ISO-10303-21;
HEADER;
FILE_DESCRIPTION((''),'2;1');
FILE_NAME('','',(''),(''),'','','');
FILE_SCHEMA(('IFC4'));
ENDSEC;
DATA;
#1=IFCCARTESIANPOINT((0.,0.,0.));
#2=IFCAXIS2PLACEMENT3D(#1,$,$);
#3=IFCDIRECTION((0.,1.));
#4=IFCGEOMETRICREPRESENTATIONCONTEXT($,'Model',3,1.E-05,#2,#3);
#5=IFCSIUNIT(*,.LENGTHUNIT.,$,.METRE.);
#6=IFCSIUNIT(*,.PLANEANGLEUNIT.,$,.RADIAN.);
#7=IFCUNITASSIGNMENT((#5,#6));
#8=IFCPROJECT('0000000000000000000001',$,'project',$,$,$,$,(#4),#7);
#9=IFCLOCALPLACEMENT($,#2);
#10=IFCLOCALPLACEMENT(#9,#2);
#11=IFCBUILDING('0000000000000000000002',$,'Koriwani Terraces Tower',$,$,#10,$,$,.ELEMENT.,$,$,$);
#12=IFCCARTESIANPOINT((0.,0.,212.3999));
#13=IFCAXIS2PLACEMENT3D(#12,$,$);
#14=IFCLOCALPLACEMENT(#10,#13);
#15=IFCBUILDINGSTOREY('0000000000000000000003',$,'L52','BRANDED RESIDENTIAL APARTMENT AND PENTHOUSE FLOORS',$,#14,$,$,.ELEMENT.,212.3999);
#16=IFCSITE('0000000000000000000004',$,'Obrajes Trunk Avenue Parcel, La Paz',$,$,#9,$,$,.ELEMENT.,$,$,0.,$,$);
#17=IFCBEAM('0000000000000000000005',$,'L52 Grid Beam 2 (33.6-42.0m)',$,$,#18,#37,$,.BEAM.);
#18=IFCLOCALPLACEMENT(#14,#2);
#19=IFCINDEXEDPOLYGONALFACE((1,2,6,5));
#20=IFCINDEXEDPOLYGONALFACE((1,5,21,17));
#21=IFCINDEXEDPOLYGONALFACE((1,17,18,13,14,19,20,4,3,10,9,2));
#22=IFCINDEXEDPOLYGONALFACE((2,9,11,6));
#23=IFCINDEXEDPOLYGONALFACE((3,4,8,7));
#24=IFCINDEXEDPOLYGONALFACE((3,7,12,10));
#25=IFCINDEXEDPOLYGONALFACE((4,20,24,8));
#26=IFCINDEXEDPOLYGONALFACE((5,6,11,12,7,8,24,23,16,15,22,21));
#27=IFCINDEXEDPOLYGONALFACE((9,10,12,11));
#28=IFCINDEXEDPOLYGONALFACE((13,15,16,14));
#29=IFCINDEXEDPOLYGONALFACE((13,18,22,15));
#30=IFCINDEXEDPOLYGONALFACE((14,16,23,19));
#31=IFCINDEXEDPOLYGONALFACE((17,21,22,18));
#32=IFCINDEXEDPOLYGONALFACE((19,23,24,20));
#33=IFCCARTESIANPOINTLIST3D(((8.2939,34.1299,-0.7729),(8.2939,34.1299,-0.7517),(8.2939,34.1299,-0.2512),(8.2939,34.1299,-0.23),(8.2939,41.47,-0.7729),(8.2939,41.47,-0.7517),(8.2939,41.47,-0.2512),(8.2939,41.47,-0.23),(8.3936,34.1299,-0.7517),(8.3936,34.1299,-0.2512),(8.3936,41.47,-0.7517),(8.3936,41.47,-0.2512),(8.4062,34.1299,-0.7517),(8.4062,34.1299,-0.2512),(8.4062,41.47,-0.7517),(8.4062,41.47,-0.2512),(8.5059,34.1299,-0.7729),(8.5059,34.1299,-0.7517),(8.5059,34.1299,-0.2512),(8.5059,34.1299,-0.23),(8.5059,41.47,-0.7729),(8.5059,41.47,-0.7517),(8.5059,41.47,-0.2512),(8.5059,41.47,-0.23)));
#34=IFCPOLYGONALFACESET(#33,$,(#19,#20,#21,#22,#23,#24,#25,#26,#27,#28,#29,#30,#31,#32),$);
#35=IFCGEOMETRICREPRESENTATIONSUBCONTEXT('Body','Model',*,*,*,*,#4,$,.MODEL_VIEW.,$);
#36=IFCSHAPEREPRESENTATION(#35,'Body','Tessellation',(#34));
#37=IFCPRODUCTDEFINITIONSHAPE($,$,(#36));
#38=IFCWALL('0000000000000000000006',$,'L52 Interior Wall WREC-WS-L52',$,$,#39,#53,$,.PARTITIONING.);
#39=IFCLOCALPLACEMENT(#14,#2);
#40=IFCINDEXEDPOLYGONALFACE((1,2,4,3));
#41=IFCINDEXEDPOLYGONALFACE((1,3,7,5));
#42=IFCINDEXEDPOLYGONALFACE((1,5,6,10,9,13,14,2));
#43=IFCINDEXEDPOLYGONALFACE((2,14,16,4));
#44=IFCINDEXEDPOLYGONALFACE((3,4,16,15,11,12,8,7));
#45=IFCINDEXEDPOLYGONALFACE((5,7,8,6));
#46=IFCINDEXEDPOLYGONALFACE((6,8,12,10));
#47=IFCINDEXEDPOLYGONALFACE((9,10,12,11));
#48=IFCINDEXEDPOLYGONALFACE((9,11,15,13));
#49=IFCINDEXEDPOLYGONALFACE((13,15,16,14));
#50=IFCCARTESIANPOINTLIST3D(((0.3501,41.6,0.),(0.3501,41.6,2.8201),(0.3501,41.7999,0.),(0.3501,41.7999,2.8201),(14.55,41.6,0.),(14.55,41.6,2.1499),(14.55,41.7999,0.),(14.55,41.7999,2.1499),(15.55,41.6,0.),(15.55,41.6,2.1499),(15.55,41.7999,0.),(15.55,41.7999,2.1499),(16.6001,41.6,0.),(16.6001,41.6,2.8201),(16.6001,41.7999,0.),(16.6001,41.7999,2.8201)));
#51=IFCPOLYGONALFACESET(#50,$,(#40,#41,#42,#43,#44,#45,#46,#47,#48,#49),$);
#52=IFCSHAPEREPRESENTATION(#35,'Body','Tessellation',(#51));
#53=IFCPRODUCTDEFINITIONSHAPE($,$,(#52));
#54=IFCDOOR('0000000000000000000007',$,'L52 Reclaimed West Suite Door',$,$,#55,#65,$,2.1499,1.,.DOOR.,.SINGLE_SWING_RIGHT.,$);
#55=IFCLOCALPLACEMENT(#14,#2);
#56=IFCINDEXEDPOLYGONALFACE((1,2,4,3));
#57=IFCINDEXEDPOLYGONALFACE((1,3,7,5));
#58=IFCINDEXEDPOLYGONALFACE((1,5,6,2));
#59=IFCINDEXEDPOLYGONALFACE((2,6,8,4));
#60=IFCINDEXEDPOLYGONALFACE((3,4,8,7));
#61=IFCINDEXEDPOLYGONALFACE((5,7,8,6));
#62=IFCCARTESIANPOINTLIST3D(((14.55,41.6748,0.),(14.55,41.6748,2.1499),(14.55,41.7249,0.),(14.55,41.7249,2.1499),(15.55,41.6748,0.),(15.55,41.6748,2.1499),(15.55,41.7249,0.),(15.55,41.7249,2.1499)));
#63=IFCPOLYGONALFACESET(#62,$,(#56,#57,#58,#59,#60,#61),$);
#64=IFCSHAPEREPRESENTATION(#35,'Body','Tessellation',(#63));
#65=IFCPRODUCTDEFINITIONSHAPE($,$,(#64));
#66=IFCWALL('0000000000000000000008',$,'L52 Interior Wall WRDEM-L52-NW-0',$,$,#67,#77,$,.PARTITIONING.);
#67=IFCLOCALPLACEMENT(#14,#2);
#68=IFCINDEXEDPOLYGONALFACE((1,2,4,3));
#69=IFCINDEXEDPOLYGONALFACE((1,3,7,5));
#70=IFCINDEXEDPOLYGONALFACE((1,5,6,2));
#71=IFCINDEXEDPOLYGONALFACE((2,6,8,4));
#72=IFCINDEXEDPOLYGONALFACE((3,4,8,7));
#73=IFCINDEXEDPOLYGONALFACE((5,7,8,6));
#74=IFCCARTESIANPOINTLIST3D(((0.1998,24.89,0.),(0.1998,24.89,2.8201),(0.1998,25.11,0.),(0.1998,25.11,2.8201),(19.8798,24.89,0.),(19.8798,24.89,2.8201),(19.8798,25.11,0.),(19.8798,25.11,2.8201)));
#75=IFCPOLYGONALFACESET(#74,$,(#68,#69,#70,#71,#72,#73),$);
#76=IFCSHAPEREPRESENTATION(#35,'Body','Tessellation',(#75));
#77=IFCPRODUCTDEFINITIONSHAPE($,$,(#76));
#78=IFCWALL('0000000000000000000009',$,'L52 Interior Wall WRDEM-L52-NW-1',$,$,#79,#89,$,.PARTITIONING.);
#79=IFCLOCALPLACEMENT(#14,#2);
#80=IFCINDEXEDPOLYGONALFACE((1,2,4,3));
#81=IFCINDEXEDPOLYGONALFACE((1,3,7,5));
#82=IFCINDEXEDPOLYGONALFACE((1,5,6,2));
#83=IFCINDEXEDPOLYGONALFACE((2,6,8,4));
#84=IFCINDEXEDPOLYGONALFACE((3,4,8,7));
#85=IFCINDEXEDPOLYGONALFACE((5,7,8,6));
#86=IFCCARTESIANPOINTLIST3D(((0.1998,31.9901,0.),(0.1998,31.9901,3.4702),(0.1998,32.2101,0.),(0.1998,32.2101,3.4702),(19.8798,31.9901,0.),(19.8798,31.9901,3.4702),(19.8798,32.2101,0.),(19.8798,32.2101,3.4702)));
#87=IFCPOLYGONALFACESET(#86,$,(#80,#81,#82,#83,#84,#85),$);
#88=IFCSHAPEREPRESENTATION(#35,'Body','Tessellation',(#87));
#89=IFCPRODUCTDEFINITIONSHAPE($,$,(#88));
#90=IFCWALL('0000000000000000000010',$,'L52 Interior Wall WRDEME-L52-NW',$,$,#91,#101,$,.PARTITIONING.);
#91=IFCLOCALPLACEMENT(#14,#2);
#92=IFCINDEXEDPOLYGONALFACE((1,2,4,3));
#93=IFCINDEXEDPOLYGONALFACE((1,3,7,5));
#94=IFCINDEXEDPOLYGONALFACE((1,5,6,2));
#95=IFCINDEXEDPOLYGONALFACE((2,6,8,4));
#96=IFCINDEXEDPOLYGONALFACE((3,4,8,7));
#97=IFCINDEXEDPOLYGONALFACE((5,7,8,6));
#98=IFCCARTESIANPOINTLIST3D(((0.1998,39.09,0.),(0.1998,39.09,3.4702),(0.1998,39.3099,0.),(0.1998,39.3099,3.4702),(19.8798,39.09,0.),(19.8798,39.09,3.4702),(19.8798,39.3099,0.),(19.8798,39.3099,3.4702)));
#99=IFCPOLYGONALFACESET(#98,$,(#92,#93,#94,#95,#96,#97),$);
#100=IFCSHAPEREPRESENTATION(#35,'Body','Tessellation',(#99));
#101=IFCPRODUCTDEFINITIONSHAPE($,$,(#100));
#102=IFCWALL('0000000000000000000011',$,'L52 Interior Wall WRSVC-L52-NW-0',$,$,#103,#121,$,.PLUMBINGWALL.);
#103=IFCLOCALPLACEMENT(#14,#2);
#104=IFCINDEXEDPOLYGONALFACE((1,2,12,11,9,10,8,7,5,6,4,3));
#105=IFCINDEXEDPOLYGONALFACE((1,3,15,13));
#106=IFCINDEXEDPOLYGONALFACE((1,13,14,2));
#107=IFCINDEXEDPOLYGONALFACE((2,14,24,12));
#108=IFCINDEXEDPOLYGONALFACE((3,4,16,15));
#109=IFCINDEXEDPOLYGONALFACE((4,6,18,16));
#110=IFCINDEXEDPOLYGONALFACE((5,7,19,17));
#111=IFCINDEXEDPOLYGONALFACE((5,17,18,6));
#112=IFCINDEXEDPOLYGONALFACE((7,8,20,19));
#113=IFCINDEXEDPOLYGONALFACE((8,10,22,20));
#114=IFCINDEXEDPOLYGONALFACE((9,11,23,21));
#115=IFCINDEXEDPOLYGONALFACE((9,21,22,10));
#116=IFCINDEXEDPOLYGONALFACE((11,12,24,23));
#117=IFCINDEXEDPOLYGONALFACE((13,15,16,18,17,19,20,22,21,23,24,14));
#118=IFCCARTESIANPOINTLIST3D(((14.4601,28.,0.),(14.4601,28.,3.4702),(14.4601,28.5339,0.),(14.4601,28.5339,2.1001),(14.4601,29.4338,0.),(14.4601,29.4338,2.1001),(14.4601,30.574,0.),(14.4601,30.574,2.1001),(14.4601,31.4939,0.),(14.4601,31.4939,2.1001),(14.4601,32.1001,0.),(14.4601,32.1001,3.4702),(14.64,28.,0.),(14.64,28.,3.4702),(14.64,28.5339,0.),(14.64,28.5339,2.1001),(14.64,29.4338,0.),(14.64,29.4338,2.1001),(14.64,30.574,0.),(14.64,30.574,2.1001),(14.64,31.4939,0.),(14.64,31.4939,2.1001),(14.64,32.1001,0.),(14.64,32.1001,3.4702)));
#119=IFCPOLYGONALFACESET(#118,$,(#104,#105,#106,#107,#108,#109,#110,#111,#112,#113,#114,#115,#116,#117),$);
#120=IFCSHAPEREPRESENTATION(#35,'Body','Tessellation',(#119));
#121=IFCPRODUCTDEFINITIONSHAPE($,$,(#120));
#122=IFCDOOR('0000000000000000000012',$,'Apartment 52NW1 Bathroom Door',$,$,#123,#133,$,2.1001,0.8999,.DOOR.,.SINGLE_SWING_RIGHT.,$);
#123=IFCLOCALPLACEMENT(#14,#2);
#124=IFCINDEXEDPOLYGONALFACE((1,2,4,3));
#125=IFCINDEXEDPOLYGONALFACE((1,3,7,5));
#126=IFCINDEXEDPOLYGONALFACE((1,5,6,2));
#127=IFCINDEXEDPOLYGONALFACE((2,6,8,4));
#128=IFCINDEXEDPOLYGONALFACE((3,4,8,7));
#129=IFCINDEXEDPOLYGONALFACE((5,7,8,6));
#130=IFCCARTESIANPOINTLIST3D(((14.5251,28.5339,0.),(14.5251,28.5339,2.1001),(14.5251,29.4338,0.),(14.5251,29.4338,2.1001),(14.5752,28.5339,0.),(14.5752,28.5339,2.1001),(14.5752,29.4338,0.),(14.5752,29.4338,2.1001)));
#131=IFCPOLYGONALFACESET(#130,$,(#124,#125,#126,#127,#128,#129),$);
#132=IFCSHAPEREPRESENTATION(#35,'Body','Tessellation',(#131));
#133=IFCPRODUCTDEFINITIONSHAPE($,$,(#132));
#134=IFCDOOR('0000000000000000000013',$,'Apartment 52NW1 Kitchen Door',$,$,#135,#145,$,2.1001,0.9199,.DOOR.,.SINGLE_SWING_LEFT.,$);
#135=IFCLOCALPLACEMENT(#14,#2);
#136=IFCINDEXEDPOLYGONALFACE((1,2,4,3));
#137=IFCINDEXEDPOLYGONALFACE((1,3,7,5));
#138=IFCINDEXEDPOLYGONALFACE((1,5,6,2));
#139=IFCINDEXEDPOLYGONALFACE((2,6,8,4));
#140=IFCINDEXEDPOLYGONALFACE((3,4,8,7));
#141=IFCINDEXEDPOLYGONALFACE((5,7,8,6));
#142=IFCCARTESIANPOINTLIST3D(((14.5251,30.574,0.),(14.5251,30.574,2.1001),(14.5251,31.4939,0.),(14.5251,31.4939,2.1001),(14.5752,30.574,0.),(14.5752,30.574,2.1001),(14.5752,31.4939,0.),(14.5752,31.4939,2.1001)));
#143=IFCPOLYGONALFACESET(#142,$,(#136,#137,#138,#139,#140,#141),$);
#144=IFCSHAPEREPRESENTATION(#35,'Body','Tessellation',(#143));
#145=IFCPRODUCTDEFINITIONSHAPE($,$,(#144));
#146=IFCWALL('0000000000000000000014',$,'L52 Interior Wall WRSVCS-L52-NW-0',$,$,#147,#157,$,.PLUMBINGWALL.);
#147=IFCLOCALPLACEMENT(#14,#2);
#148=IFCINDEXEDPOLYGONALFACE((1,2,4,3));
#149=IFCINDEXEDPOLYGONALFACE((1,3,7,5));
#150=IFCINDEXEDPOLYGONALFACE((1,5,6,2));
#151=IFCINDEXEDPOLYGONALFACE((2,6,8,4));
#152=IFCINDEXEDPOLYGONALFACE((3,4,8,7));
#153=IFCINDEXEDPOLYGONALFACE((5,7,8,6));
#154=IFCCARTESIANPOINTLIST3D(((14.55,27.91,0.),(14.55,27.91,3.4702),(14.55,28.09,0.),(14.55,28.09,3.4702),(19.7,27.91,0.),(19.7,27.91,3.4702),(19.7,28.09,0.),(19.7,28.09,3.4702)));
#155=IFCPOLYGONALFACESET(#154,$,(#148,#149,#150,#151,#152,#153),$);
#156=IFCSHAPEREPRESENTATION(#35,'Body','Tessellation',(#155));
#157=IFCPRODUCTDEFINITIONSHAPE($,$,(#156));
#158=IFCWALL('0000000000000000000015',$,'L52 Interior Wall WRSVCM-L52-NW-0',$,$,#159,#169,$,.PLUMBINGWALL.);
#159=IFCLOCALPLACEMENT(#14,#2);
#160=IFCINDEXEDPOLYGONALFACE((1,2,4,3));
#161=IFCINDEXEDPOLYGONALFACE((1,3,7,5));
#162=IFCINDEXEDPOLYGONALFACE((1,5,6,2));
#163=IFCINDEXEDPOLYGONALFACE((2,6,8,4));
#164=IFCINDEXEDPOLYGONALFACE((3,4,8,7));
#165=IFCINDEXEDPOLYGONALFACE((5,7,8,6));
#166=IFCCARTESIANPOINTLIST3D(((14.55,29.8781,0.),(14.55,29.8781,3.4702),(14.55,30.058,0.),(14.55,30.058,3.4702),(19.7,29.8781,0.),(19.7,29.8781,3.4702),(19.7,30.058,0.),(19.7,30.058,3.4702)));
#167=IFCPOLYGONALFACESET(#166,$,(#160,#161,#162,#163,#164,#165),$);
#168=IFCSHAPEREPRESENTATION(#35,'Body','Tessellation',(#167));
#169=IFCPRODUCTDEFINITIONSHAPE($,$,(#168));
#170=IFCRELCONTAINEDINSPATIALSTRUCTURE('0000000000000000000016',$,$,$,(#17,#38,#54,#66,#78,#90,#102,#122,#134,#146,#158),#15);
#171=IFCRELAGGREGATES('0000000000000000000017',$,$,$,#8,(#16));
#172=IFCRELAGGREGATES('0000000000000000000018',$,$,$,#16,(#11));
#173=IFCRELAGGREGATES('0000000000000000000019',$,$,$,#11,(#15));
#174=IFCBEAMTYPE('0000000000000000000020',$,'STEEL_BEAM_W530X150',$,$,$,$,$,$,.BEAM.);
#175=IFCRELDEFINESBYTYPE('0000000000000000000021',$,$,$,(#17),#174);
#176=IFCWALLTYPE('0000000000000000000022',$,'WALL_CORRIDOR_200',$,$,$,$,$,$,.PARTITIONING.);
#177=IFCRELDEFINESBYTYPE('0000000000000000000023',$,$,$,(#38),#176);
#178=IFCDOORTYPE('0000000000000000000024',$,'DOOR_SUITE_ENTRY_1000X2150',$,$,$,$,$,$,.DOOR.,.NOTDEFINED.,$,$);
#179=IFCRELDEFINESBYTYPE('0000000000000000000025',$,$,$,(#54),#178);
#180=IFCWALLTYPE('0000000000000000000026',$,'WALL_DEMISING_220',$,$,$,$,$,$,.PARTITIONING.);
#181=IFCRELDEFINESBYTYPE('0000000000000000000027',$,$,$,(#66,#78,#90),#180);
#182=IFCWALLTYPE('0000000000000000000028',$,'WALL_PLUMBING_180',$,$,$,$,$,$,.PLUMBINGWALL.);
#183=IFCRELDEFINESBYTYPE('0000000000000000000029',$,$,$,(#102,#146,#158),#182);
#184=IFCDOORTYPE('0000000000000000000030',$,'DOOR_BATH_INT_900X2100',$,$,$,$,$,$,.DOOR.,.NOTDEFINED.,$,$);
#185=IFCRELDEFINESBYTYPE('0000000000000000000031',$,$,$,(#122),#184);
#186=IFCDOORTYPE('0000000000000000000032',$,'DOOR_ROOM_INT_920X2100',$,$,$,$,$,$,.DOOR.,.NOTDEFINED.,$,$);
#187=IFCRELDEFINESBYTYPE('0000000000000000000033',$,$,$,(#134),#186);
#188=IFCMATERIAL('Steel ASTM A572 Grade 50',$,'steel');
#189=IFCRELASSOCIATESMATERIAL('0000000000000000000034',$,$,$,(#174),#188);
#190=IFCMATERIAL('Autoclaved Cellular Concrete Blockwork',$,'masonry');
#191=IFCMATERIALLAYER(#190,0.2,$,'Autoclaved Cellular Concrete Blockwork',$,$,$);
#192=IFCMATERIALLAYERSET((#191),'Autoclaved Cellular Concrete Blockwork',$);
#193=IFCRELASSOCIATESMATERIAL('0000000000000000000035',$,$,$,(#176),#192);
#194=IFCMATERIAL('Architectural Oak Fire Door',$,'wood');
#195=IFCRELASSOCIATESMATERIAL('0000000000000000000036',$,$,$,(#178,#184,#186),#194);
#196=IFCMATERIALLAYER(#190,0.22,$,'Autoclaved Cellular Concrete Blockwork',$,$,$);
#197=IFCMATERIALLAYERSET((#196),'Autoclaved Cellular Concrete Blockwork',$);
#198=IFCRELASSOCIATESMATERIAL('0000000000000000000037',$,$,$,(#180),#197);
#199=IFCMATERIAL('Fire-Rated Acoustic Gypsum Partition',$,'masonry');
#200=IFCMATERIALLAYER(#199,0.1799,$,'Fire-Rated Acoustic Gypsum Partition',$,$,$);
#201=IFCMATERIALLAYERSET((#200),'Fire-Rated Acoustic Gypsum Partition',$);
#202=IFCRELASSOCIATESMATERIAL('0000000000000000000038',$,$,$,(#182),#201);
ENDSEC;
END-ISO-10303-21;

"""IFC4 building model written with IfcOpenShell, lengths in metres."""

from ifc_helpers import new_model, si_unit, direction, frame, frame_2d, origin, origin_2d, place, context, subcontext, project, spatial, rectangle, i_section, extrude, material, layer, layer_set, material_profile, profile_set, type_object, element, fill, save


model = new_model("IFC4")

# Units and contexts
model_context = context("Model", 3, precision=1e-05, world=origin(), true_north=direction((0.0, 1.0)))
body_context = subcontext(model_context, "Body", "Model", "MODEL_VIEW")
ifc_project = project(units=[si_unit("LENGTHUNIT", "METRE"), si_unit("PLANEANGLEUNIT", "RADIAN")], contexts=[model_context])

# Site, building, storey
site_placement = place(None, origin())
site = spatial("IfcSite", under=ifc_project, at=site_placement, Name="Obrajes Trunk Avenue Parcel, La Paz", CompositionType="ELEMENT", RefElevation=0.0)
building_placement = place(site_placement, origin())
building = spatial("IfcBuilding", under=site, at=building_placement, Name="Koriwani Terraces Tower", CompositionType="ELEMENT")
storey_placement = place(building_placement, frame((0.0, 0.0, 212.3999)))
storey = spatial("IfcBuildingStorey", under=building, at=storey_placement, Name="L52", Description="BRANDED RESIDENTIAL APARTMENT AND PENTHOUSE FLOORS", CompositionType="ELEMENT", Elevation=212.3999)

# Beam
ifc_material_1 = material(Name="Steel ASTM A572 Grade 50", Category="steel")
ifc_material_profile_1 = material_profile(ifc_material_1, i_section(OverallWidth=0.2119, OverallDepth=0.543, WebThickness=0.0127, FlangeThickness=0.0212, at=origin_2d()), Name="Steel ASTM A572 Grade 50", Category="LoadBearing")
ifc_profile_set_1 = profile_set([ifc_material_profile_1], Name="Steel ASTM A572 Grade 50")
beam_type_1 = type_object("IfcBeamType", Name="STEEL_BEAM_W530X150", PredefinedType="BEAM", material=ifc_profile_set_1)
beam_1_placement = place(storey_placement, frame((8.3999, 34.1299, -0.5015), z_axis=(0.0, 1.0, 0.0), x_axis=(-1.0, 0.0, 0.0)))
element("IfcBeam", 1, at=beam_1_placement, inside=storey, type_object=beam_type_1, Name="L52 Grid Beam 2 (33.6-42.0m)", PredefinedType="BEAM", context=body_context, shape_type="SweptSolid", body=[
    extrude(i_section(OverallWidth=0.2119, OverallDepth=0.543, WebThickness=0.0127, FlangeThickness=0.0212, at=origin_2d()), origin(), (0.0, 0.0, 1.0), 7.3401),
])

# Wall, opening, door
ifc_material_2 = material(Name="Autoclaved Cellular Concrete Blockwork", Category="masonry")
ifc_layer_1 = layer(ifc_material_2, 0.2, Name="Autoclaved Cellular Concrete Blockwork")
ifc_layer_set_1 = layer_set([ifc_layer_1], Name="Autoclaved Cellular Concrete Blockwork")
wall_type_1 = type_object("IfcWallType", Name="WALL_CORRIDOR_200", PredefinedType="PARTITIONING", material=ifc_layer_set_1)
wall_1_placement = place(storey_placement, frame((0.3501, 41.7, 0.0), z_axis=(0.0, 0.0, 1.0), x_axis=(1.0, 0.0, 0.0)))
wall_1 = element("IfcWall", 2, at=wall_1_placement, inside=storey, type_object=wall_type_1, Name="L52 Interior Wall WREC-WS-L52", PredefinedType="PARTITIONING", context=body_context, shape_type="SweptSolid", body=[
    extrude(rectangle(XDim=16.25, YDim=0.2, at=frame_2d((8.125, 0.0))), origin(), (0.0, 0.0, 1.0), 2.8201),
])
opening_1_placement = place(wall_1_placement, frame((14.2, 0.0, 0.0)))
opening_1 = element("IfcOpeningElement", 3, at=opening_1_placement, cuts=wall_1, PredefinedType="OPENING", context=body_context, shape_type="SweptSolid", body=[
    extrude(rectangle(XDim=1.0, YDim=2.1499, at=frame_2d((0.5, 1.075))), frame((0.0, 0.1099, 0.0), z_axis=(0.0, -1.0, 0.0), x_axis=(1.0, 0.0, 0.0)), (0.0, 0.0, 1.0), 0.22),
])
ifc_material_3 = material(Name="Architectural Oak Fire Door", Category="wood")
door_type_1 = type_object("IfcDoorType", Name="DOOR_SUITE_ENTRY_1000X2150", OperationType="NOTDEFINED", PredefinedType="DOOR", material=ifc_material_3)
door_1_placement = place(opening_1_placement, origin())
door_1 = element("IfcDoor", 4, at=door_1_placement, inside=storey, type_object=door_type_1, Name="L52 Reclaimed West Suite Door", OperationType="SINGLE_SWING_RIGHT", OverallHeight=2.1499, OverallWidth=1.0, PredefinedType="DOOR", context=body_context, shape_type="SweptSolid", body=[
    extrude(rectangle(XDim=1.0, YDim=2.1499, at=frame_2d((0.5, 1.075))), frame((0.0, 0.0249, 0.0), z_axis=(0.0, -1.0, 0.0), x_axis=(1.0, 0.0, 0.0)), (0.0, 0.0, 1.0), 0.05),
])
fill(opening_1, door_1)

# Walls
ifc_layer_2 = layer(ifc_material_2, 0.22, Name="Autoclaved Cellular Concrete Blockwork")
ifc_layer_set_2 = layer_set([ifc_layer_2], Name="Autoclaved Cellular Concrete Blockwork")
wall_type_2 = type_object("IfcWallType", Name="WALL_DEMISING_220", PredefinedType="PARTITIONING", material=ifc_layer_set_2)
wall_2_placement = place(storey_placement, frame((0.2, 25.0, 0.0), z_axis=(0.0, 0.0, 1.0), x_axis=(1.0, 0.0, 0.0)))
element("IfcWall", 5, at=wall_2_placement, inside=storey, type_object=wall_type_2, Name="L52 Interior Wall WRDEM-L52-NW-0", PredefinedType="PARTITIONING", context=body_context, shape_type="SweptSolid", body=[
    extrude(rectangle(XDim=19.6799, YDim=0.22, at=frame_2d((9.8398, 0.0))), origin(), (0.0, 0.0, 1.0), 2.8201),
])
for number, where, z_axis, x_axis, name in (
    (6, (0.2, 32.1001, 0.0), (0.0, 0.0, 1.0), (1.0, 0.0, 0.0), "L52 Interior Wall WRDEM-L52-NW-1"),
    (7, (0.2, 39.2, 0.0), (0.0, 0.0, 1.0), (1.0, 0.0, 0.0), "L52 Interior Wall WRDEME-L52-NW"),
):
    element("IfcWall", number, at=place(storey_placement, frame(where, z_axis=z_axis, x_axis=x_axis)), inside=storey, type_object=wall_type_2, Name=name, PredefinedType="PARTITIONING", context=body_context, shape_type="SweptSolid", body=[
        extrude(rectangle(XDim=19.6799, YDim=0.22, at=frame_2d((9.8398, 0.0))), origin(), (0.0, 0.0, 1.0), 3.4702),
    ])

# Wall, openings, doors
ifc_material_4 = material(Name="Fire-Rated Acoustic Gypsum Partition", Category="masonry")
ifc_layer_3 = layer(ifc_material_4, 0.1799, Name="Fire-Rated Acoustic Gypsum Partition")
ifc_layer_set_3 = layer_set([ifc_layer_3], Name="Fire-Rated Acoustic Gypsum Partition")
wall_type_3 = type_object("IfcWallType", Name="WALL_PLUMBING_180", PredefinedType="PLUMBINGWALL", material=ifc_layer_set_3)
wall_3_placement = place(storey_placement, frame((14.55, 28.0, 0.0), z_axis=(0.0, 0.0, 1.0), x_axis=(0.0, 1.0, 0.0)))
wall_3 = element("IfcWall", 8, at=wall_3_placement, inside=storey, type_object=wall_type_3, Name="L52 Interior Wall WRSVC-L52-NW-0", PredefinedType="PLUMBINGWALL", context=body_context, shape_type="SweptSolid", body=[
    extrude(rectangle(XDim=4.1001, YDim=0.1799, at=frame_2d((2.05, 0.0))), origin(), (0.0, 0.0, 1.0), 3.4702),
])
opening_2_placement = place(wall_3_placement, frame((0.5339, 0.0, 0.0)))
opening_2 = element("IfcOpeningElement", 9, at=opening_2_placement, cuts=wall_3, PredefinedType="OPENING", context=body_context, shape_type="SweptSolid", body=[
    extrude(rectangle(XDim=0.8999, YDim=2.1001, at=frame_2d((0.45, 1.05))), frame((0.0, 0.1001, 0.0), z_axis=(0.0, -1.0, 0.0), x_axis=(1.0, 0.0, 0.0)), (0.0, 0.0, 1.0), 0.2),
])
opening_3_placement = place(wall_3_placement, frame((2.574, 0.0, 0.0)))
opening_3 = element("IfcOpeningElement", 10, at=opening_3_placement, cuts=wall_3, PredefinedType="OPENING", context=body_context, shape_type="SweptSolid", body=[
    extrude(rectangle(XDim=0.9199, YDim=2.1001, at=frame_2d((0.46, 1.05))), frame((0.0, 0.1001, 0.0), z_axis=(0.0, -1.0, 0.0), x_axis=(1.0, 0.0, 0.0)), (0.0, 0.0, 1.0), 0.2),
])
door_type_2 = type_object("IfcDoorType", Name="DOOR_BATH_INT_900X2100", OperationType="NOTDEFINED", PredefinedType="DOOR", material=ifc_material_3)
door_2_placement = place(opening_2_placement, origin())
door_2 = element("IfcDoor", 11, at=door_2_placement, inside=storey, type_object=door_type_2, Name="Apartment 52NW1 Bathroom Door", OperationType="SINGLE_SWING_RIGHT", OverallHeight=2.1001, OverallWidth=0.8999, PredefinedType="DOOR", context=body_context, shape_type="SweptSolid", body=[
    extrude(rectangle(XDim=0.8999, YDim=2.1001, at=frame_2d((0.45, 1.05))), frame((0.0, 0.0249, 0.0), z_axis=(0.0, -1.0, 0.0), x_axis=(1.0, 0.0, 0.0)), (0.0, 0.0, 1.0), 0.05),
])
fill(opening_2, door_2)
door_type_3 = type_object("IfcDoorType", Name="DOOR_ROOM_INT_920X2100", OperationType="NOTDEFINED", PredefinedType="DOOR", material=ifc_material_3)
door_3_placement = place(opening_3_placement, origin())
door_3 = element("IfcDoor", 12, at=door_3_placement, inside=storey, type_object=door_type_3, Name="Apartment 52NW1 Kitchen Door", OperationType="SINGLE_SWING_LEFT", OverallHeight=2.1001, OverallWidth=0.9199, PredefinedType="DOOR", context=body_context, shape_type="SweptSolid", body=[
    extrude(rectangle(XDim=0.9199, YDim=2.1001, at=frame_2d((0.46, 1.05))), frame((0.0, 0.0249, 0.0), z_axis=(0.0, -1.0, 0.0), x_axis=(1.0, 0.0, 0.0)), (0.0, 0.0, 1.0), 0.05),
])
fill(opening_3, door_3)

# Walls
for number, where, z_axis, x_axis, name in (
    (13, (14.55, 28.0, 0.0), (0.0, 0.0, 1.0), (1.0, 0.0, 0.0), "L52 Interior Wall WRSVCS-L52-NW-0"),
    (14, (14.55, 29.968, 0.0), (0.0, 0.0, 1.0), (1.0, 0.0, 0.0), "L52 Interior Wall WRSVCM-L52-NW-0"),
):
    element("IfcWall", number, at=place(storey_placement, frame(where, z_axis=z_axis, x_axis=x_axis)), inside=storey, type_object=wall_type_3, Name=name, PredefinedType="PLUMBINGWALL", context=body_context, shape_type="SweptSolid", body=[
        extrude(rectangle(XDim=5.1499, YDim=0.1799, at=frame_2d((2.575, 0.0))), origin(), (0.0, 0.0, 1.0), 3.4702),
    ])

save(model, "model.ifc")
